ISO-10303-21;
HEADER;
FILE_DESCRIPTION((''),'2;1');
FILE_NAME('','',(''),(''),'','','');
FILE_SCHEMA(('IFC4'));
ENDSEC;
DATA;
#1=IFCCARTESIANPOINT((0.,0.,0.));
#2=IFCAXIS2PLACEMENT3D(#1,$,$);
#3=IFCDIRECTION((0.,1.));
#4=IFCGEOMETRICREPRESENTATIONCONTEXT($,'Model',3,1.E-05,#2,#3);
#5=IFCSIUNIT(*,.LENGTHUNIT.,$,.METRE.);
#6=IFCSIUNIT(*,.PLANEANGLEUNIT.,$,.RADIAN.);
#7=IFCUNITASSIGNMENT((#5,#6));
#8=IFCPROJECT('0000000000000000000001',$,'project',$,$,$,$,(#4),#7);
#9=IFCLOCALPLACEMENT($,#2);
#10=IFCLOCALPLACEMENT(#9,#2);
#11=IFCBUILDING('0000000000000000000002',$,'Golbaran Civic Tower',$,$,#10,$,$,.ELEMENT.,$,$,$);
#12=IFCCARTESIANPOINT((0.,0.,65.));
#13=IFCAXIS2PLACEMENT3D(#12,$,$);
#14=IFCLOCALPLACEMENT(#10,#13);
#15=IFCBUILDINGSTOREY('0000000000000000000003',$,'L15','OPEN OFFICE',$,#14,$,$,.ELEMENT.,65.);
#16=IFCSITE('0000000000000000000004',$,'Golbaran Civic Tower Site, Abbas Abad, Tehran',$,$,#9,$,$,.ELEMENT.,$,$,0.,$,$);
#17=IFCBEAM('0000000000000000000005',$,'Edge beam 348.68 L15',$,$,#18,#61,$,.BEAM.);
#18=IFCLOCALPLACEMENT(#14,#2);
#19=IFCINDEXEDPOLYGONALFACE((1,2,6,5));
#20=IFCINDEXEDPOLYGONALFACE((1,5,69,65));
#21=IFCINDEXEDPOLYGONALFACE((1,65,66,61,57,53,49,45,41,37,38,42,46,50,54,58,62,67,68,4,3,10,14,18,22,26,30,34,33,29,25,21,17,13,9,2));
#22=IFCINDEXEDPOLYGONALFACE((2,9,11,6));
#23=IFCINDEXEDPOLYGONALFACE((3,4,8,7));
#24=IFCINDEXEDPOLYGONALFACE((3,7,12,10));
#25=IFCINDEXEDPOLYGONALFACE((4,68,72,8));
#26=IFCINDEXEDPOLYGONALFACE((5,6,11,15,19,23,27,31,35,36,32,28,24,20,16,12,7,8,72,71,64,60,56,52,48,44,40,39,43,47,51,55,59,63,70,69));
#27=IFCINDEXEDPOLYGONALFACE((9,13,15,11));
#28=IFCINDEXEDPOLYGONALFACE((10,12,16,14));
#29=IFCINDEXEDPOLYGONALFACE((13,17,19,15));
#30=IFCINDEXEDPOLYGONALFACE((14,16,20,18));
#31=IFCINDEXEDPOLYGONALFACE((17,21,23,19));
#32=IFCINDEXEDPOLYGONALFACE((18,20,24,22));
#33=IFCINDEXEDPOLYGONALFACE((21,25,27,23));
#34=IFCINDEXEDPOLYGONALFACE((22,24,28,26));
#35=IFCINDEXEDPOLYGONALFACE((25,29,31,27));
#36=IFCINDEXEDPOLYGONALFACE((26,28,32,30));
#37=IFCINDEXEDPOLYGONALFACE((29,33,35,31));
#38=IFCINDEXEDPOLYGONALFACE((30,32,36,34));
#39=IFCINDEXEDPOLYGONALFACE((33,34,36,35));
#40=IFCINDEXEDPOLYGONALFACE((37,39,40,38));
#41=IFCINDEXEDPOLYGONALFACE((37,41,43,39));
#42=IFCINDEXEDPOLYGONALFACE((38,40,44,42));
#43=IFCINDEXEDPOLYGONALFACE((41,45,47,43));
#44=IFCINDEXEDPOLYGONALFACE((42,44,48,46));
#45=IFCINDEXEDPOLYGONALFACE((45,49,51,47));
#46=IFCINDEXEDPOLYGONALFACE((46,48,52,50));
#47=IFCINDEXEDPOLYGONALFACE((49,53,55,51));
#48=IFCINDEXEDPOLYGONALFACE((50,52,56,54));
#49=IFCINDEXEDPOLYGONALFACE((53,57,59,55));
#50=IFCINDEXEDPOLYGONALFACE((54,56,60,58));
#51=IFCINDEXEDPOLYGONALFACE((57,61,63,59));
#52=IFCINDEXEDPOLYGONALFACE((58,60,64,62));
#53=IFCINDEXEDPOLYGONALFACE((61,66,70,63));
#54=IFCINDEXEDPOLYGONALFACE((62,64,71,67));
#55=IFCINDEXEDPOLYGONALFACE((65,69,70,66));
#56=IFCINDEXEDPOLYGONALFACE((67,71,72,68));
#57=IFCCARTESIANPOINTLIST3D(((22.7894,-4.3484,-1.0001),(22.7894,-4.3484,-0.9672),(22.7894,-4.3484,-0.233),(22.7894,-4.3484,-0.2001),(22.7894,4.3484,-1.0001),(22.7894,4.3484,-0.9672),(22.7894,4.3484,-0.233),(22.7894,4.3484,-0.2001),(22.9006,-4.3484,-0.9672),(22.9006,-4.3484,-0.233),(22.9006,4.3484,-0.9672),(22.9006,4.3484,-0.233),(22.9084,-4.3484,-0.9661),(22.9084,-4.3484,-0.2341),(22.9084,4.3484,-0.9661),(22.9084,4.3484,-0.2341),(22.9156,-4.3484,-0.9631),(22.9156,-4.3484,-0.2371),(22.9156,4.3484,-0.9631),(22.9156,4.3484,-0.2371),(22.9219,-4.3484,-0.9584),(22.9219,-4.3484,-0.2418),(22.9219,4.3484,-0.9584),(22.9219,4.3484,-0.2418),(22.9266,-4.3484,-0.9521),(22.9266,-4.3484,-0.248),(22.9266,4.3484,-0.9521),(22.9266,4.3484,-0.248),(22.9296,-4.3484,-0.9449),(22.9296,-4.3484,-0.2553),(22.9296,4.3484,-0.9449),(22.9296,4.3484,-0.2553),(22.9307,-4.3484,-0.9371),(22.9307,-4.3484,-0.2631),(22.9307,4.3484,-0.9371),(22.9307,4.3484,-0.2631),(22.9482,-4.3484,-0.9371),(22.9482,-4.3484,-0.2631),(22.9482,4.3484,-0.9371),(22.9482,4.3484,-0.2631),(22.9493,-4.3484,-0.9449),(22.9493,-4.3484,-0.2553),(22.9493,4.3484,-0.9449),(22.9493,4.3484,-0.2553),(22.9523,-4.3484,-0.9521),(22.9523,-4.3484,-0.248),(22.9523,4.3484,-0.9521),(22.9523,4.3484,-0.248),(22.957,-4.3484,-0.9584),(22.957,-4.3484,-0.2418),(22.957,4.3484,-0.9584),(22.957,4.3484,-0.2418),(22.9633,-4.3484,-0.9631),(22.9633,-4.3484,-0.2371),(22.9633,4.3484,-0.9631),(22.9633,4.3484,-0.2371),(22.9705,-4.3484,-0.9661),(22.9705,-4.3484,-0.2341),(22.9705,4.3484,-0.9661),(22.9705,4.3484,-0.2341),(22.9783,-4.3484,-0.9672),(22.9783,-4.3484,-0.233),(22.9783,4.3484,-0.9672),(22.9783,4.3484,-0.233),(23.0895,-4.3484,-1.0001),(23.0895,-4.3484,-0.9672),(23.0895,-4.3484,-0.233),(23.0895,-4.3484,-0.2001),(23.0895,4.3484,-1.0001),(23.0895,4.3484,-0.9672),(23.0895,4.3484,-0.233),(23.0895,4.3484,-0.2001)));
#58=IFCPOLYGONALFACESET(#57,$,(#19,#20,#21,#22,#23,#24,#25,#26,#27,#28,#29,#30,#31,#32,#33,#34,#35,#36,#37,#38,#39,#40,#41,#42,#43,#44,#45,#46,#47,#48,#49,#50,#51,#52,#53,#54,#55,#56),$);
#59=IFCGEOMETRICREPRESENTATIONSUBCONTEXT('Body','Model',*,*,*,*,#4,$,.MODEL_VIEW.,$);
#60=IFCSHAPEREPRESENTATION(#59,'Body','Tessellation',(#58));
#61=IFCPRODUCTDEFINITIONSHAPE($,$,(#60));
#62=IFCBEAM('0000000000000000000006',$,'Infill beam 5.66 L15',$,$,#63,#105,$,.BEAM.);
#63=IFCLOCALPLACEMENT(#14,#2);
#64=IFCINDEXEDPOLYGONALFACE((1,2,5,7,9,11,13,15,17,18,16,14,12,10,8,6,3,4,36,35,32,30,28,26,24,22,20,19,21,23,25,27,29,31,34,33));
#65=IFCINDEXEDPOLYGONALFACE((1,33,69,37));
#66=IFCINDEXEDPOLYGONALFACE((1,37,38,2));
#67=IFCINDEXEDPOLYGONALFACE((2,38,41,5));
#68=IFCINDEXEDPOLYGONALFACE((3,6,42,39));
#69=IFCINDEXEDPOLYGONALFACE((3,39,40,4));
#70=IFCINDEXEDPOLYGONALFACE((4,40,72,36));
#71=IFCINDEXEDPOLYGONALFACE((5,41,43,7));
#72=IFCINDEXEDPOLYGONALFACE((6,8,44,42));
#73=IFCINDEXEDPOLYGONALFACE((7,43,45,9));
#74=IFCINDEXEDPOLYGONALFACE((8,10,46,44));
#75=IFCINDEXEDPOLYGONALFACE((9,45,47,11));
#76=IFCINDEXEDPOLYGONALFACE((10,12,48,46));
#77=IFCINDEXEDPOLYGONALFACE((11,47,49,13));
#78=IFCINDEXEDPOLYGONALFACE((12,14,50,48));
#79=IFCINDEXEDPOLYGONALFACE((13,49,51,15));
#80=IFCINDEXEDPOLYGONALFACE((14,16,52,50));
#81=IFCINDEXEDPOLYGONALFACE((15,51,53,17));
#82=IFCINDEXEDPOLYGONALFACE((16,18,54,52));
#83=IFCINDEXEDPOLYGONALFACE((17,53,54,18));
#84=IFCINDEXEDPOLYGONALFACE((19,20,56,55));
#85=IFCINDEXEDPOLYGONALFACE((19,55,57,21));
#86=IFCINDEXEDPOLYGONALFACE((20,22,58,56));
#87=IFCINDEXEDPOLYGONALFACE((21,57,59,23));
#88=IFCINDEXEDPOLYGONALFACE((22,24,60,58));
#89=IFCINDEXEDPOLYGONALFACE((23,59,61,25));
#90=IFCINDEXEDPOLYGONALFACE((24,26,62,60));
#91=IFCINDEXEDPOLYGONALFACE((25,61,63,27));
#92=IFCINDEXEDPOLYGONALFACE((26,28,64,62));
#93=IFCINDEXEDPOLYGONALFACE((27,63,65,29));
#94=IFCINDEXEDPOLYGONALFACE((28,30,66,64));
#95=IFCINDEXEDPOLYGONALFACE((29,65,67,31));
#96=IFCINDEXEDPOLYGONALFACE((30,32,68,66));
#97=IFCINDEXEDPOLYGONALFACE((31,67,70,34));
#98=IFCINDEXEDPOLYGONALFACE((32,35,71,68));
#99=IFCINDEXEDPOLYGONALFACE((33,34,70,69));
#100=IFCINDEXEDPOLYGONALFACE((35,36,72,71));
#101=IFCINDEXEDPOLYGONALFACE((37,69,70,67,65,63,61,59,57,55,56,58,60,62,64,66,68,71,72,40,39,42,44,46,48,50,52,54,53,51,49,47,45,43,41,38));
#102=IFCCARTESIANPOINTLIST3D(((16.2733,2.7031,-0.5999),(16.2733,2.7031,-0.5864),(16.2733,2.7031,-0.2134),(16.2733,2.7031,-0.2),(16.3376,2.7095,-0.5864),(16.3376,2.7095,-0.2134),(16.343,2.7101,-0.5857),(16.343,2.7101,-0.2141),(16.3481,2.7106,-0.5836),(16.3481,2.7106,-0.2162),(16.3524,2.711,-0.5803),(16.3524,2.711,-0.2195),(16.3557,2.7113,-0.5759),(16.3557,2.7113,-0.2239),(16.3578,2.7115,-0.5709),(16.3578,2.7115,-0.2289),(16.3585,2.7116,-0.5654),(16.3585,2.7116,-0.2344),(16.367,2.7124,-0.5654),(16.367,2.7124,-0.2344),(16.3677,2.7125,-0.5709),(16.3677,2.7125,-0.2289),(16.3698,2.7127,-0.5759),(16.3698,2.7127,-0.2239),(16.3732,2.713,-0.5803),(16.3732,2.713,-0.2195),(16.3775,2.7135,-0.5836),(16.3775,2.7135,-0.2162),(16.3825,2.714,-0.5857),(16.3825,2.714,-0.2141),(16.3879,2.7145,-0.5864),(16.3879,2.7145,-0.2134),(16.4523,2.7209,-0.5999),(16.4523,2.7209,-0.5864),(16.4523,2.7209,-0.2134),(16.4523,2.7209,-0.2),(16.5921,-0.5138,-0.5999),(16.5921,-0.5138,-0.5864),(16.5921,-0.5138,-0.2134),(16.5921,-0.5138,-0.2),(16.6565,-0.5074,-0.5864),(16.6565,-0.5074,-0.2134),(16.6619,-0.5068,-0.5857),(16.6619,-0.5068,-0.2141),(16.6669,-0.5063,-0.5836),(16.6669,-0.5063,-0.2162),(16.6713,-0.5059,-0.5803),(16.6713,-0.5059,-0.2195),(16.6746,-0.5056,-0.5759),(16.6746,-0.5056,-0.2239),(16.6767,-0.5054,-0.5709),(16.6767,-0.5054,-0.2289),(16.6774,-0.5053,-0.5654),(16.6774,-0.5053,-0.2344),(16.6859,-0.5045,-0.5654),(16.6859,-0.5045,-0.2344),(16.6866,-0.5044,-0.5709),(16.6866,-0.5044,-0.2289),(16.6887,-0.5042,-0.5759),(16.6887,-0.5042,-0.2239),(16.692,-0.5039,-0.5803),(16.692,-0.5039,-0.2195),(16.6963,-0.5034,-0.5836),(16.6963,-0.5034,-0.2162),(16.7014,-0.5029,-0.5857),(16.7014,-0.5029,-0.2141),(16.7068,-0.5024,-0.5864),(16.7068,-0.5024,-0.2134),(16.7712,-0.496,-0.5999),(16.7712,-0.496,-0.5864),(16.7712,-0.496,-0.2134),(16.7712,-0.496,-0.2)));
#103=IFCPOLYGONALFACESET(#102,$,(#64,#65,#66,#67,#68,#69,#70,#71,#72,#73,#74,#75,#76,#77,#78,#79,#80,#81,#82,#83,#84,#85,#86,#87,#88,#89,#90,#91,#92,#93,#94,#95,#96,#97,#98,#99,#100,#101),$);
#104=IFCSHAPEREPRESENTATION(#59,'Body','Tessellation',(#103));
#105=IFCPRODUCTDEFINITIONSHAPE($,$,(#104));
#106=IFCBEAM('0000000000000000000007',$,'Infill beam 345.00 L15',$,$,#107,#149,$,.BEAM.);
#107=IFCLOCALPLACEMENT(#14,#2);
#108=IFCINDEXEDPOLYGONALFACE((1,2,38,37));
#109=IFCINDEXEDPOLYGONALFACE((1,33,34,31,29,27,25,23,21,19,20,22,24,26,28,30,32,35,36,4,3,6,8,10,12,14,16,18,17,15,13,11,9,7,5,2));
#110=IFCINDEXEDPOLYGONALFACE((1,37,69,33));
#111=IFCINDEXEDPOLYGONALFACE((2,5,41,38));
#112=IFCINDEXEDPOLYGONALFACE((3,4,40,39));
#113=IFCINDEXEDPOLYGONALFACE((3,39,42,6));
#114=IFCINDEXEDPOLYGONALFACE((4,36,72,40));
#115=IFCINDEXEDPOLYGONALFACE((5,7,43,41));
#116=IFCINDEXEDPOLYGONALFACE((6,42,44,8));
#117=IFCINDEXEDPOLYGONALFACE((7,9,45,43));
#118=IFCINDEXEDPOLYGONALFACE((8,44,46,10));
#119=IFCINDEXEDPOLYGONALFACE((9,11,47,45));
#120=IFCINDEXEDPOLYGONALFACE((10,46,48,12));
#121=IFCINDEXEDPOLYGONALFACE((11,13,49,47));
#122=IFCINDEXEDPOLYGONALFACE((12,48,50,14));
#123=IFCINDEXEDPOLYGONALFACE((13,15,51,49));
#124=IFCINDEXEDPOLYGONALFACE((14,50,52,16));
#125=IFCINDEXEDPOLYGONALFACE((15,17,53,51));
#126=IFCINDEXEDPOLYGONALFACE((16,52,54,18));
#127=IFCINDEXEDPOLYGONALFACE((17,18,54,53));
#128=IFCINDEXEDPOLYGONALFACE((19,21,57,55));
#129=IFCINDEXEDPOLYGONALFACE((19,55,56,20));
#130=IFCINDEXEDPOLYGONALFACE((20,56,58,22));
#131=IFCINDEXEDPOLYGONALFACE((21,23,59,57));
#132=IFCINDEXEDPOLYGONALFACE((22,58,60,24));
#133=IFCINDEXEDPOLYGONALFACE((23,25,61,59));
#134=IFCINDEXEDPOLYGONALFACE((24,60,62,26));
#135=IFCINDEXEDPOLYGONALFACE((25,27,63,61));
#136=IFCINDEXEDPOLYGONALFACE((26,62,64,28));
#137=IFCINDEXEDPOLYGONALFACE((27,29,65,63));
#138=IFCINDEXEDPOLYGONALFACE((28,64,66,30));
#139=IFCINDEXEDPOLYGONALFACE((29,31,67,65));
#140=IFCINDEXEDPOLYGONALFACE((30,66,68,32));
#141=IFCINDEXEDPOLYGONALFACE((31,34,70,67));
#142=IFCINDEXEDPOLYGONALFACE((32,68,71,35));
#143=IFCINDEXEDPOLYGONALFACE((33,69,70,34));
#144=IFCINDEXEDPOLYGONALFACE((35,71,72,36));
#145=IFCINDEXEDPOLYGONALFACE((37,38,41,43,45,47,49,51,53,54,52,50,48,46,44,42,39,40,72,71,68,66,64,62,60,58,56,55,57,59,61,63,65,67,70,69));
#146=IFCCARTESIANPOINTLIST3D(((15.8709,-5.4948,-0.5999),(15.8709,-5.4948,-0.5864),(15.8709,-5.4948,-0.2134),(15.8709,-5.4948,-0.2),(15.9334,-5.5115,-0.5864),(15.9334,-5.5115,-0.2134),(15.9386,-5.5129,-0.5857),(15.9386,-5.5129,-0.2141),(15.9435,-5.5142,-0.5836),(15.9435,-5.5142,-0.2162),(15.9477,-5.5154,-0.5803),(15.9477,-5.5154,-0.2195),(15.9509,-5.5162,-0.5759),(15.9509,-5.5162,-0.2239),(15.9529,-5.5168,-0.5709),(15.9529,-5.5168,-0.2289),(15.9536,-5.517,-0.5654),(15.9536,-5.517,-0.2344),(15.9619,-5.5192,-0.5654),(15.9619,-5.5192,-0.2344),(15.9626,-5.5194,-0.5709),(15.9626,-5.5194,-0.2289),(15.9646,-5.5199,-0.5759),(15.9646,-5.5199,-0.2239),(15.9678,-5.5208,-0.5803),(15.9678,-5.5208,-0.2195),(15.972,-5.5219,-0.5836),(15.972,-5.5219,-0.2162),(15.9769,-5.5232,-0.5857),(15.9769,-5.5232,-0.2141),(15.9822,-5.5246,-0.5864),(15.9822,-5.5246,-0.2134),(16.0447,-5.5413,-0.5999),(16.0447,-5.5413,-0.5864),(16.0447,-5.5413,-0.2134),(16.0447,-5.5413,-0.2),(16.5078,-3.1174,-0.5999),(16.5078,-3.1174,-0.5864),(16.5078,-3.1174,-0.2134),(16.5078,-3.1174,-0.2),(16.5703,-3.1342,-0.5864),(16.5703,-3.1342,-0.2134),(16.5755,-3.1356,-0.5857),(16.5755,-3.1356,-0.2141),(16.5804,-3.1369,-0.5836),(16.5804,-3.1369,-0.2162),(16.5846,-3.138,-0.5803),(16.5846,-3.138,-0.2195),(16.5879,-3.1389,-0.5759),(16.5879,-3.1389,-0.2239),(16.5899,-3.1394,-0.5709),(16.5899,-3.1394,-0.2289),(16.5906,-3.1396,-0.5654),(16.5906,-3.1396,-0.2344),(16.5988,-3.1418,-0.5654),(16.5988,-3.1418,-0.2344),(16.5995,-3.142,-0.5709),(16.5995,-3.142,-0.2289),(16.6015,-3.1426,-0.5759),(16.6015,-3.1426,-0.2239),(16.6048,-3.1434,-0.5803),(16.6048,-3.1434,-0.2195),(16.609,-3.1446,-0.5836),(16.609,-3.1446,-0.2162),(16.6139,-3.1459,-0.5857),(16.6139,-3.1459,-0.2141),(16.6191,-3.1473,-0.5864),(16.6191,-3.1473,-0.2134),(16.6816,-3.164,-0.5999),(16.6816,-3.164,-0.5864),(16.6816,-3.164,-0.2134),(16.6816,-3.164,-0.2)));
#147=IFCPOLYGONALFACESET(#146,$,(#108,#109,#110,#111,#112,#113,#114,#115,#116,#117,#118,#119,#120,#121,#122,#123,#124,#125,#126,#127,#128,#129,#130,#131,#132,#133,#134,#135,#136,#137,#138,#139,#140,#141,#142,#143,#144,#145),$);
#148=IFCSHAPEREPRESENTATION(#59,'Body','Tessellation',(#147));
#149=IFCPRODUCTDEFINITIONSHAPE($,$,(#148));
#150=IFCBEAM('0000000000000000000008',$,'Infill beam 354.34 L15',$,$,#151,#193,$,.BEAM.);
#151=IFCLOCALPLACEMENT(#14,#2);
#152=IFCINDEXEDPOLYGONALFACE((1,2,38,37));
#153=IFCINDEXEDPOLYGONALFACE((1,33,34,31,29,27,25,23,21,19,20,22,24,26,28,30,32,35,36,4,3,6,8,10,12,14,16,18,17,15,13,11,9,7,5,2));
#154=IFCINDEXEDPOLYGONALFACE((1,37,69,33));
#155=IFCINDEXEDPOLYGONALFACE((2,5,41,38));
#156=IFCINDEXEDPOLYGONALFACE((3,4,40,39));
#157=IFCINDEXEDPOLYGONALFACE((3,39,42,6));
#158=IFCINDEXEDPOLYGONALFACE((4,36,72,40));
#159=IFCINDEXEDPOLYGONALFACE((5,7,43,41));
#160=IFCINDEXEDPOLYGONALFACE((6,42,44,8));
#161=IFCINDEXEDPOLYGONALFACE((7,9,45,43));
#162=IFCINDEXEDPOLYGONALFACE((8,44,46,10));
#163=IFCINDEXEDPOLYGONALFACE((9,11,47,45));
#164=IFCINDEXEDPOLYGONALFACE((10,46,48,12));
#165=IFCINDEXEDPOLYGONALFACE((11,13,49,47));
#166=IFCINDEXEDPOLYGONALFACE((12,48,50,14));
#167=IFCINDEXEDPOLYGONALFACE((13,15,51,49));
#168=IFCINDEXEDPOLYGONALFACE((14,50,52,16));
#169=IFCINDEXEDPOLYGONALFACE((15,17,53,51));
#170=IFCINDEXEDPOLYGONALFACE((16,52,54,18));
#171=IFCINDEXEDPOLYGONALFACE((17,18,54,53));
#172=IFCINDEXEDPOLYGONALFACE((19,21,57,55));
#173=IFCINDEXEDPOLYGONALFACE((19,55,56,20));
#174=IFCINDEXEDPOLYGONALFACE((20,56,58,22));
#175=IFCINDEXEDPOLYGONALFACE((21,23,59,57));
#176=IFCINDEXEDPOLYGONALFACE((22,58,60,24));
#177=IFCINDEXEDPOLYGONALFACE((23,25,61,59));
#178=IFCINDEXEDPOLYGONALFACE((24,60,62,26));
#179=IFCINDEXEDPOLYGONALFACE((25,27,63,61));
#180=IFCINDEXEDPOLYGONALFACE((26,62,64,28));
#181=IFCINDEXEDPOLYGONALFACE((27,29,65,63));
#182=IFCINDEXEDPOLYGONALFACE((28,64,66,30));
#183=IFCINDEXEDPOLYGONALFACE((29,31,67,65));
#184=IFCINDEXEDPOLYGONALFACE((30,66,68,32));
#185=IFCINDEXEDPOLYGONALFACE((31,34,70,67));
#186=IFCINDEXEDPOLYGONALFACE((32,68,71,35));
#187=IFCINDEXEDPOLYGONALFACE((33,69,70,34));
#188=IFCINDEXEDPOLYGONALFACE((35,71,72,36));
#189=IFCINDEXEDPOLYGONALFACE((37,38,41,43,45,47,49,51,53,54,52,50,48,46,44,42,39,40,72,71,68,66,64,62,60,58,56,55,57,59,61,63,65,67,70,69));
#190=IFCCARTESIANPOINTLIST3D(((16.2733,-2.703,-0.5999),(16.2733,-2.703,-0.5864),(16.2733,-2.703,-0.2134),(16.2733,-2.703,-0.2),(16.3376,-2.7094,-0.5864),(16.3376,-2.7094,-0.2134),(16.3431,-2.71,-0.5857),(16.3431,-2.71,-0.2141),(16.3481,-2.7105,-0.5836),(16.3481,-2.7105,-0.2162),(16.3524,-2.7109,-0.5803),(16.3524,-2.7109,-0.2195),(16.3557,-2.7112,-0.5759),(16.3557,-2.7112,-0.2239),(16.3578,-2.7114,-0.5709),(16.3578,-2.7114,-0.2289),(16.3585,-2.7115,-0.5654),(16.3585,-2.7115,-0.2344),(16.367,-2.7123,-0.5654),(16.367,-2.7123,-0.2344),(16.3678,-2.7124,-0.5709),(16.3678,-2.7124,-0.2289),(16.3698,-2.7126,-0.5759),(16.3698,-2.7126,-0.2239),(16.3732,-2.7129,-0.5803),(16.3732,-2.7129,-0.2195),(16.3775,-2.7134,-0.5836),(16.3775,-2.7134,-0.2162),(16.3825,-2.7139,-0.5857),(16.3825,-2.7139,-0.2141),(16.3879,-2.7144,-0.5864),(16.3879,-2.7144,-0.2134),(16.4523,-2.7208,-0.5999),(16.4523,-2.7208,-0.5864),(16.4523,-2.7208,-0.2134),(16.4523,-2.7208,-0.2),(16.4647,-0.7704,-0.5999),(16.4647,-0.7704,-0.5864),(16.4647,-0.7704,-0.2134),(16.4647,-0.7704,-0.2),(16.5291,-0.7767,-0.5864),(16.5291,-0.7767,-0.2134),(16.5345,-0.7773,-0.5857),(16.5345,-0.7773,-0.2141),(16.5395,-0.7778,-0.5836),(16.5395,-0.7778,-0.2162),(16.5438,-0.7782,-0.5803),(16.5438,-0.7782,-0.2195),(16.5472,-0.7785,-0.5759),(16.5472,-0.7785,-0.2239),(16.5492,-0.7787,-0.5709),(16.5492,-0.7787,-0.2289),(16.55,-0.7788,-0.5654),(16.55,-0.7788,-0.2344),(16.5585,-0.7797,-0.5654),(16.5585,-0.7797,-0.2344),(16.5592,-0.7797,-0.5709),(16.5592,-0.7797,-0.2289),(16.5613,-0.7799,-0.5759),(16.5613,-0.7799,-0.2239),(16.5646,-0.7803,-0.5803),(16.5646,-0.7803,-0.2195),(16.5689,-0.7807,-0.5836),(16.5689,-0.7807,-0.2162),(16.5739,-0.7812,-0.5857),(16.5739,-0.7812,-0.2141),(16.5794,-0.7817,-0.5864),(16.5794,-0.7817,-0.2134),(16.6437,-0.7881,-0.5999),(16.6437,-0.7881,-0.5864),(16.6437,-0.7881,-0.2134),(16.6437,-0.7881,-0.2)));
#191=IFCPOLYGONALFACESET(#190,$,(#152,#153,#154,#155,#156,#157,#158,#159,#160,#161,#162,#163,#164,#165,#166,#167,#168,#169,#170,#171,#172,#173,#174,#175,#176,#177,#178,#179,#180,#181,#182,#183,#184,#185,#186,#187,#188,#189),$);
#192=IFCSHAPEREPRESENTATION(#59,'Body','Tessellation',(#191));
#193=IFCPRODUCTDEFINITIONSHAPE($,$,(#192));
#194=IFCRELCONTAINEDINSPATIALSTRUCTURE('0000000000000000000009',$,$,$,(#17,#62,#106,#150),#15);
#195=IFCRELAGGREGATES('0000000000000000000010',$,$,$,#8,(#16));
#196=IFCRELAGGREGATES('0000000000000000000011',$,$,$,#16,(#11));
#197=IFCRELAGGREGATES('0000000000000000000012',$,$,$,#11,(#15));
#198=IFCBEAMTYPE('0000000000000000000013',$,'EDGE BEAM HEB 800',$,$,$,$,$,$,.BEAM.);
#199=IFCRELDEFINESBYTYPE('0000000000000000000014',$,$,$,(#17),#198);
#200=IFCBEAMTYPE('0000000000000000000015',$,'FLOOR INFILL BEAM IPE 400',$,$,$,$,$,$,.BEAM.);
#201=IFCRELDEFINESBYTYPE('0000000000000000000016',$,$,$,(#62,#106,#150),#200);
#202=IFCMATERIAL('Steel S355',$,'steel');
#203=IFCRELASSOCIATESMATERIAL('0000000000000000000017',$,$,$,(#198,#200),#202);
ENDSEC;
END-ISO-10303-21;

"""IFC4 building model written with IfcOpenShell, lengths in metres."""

from ifc_helpers import new_model, si_unit, direction, frame, origin, origin_2d, place, context, subcontext, project, spatial, i_section, extrude, material, material_profile, profile_set, type_object, element, save


model = new_model("IFC4")

# Units and contexts
model_context = context("Model", 3, precision=1e-05, world=origin(), true_north=direction((0.0, 1.0)))
body_context = subcontext(model_context, "Body", "Model", "MODEL_VIEW")
ifc_project = project(units=[si_unit("LENGTHUNIT", "METRE"), si_unit("PLANEANGLEUNIT", "RADIAN")], contexts=[model_context])

# Site, building, storey
site_placement = place(None, origin())
site = spatial("IfcSite", under=ifc_project, at=site_placement, Name="Golbaran Civic Tower Site, Abbas Abad, Tehran", CompositionType="ELEMENT", RefElevation=0.0)
building_placement = place(site_placement, origin())
building = spatial("IfcBuilding", under=site, at=building_placement, Name="Golbaran Civic Tower", CompositionType="ELEMENT")
storey_placement = place(building_placement, frame((0.0, 0.0, 65.0)))
storey = spatial("IfcBuildingStorey", under=building, at=storey_placement, Name="L15", Description="OPEN OFFICE", CompositionType="ELEMENT", Elevation=65.0)

# Beams
ifc_material_1 = material(Name="Steel S355", Category="steel")
ifc_material_profile_1 = material_profile(ifc_material_1, i_section(OverallWidth=0.3, OverallDepth=0.8, WebThickness=0.0176, FlangeThickness=0.033, FilletRadius=0.03, at=origin_2d()), Name="HEB 800")
ifc_profile_set_1 = profile_set([ifc_material_profile_1], Name="Steel S355")
beam_type_1 = type_object("IfcBeamType", Name="EDGE BEAM HEB 800", PredefinedType="BEAM", material=ifc_profile_set_1)
beam_1_placement = place(storey_placement, frame((22.9395, -4.3484, -0.6001), z_axis=(0.0, 1.0, 0.0), x_axis=(-1.0, 0.0, 0.0)))
element("IfcBeam", 1, at=beam_1_placement, inside=storey, type_object=beam_type_1, Name="Edge beam 348.68 L15", PredefinedType="BEAM", context=body_context, shape_type="SweptSolid", body=[
    extrude(i_section(OverallWidth=0.3, OverallDepth=0.8, WebThickness=0.0176, FlangeThickness=0.033, FilletRadius=0.03, at=origin_2d()), origin(), (0.0, 0.0, 1.0), 8.6968),
])
ifc_material_profile_2 = material_profile(ifc_material_1, i_section(OverallWidth=0.1799, OverallDepth=0.3999, WebThickness=0.0085, FlangeThickness=0.0134, FilletRadius=0.021, at=origin_2d()), Name="IPE 400")
ifc_profile_set_2 = profile_set([ifc_material_profile_2], Name="Steel S355")
beam_type_2 = type_object("IfcBeamType", Name="FLOOR INFILL BEAM IPE 400", PredefinedType="BEAM", material=ifc_profile_set_2)
beam_2_placement = place(storey_placement, frame((16.6816, -0.5049, -0.3999), z_axis=(-0.098636, 0.995124, 0.0), x_axis=(-0.995124, -0.098636, 0.0)))
element("IfcBeam", 2, at=beam_2_placement, inside=storey, type_object=beam_type_2, Name="Infill beam 5.66 L15", PredefinedType="BEAM", context=body_context, shape_type="SweptSolid", body=[
    extrude(i_section(OverallWidth=0.1799, OverallDepth=0.3999, WebThickness=0.0085, FlangeThickness=0.0134, FilletRadius=0.021, at=origin_2d()), origin(), (0.0, 0.0, 1.0), 3.2327),
])
beam_3_placement = place(storey_placement, frame((15.9578, -5.5181, -0.3999), z_axis=(0.258792, 0.965933, 0.0), x_axis=(-0.965933, 0.258792, 0.0)))
element("IfcBeam", 3, at=beam_3_placement, inside=storey, type_object=beam_type_2, Name="Infill beam 345.00 L15", PredefinedType="BEAM", context=body_context, shape_type="SweptSolid", body=[
    extrude(i_section(OverallWidth=0.1799, OverallDepth=0.3999, WebThickness=0.0085, FlangeThickness=0.0134, FilletRadius=0.021, at=origin_2d()), origin(), (0.0, 0.0, 1.0), 2.4612),
])
beam_4_placement = place(storey_placement, frame((16.3628, -2.7119, -0.3999), z_axis=(0.098558, 0.995131, 0.0), x_axis=(-0.995131, 0.098558, 0.0)))
element("IfcBeam", 4, at=beam_4_placement, inside=storey, type_object=beam_type_2, Name="Infill beam 354.34 L15", PredefinedType="BEAM", context=body_context, shape_type="SweptSolid", body=[
    extrude(i_section(OverallWidth=0.1799, OverallDepth=0.3999, WebThickness=0.0085, FlangeThickness=0.0134, FilletRadius=0.021, at=origin_2d()), origin(), (0.0, 0.0, 1.0), 1.9421),
])

save(model, "model.ifc")
